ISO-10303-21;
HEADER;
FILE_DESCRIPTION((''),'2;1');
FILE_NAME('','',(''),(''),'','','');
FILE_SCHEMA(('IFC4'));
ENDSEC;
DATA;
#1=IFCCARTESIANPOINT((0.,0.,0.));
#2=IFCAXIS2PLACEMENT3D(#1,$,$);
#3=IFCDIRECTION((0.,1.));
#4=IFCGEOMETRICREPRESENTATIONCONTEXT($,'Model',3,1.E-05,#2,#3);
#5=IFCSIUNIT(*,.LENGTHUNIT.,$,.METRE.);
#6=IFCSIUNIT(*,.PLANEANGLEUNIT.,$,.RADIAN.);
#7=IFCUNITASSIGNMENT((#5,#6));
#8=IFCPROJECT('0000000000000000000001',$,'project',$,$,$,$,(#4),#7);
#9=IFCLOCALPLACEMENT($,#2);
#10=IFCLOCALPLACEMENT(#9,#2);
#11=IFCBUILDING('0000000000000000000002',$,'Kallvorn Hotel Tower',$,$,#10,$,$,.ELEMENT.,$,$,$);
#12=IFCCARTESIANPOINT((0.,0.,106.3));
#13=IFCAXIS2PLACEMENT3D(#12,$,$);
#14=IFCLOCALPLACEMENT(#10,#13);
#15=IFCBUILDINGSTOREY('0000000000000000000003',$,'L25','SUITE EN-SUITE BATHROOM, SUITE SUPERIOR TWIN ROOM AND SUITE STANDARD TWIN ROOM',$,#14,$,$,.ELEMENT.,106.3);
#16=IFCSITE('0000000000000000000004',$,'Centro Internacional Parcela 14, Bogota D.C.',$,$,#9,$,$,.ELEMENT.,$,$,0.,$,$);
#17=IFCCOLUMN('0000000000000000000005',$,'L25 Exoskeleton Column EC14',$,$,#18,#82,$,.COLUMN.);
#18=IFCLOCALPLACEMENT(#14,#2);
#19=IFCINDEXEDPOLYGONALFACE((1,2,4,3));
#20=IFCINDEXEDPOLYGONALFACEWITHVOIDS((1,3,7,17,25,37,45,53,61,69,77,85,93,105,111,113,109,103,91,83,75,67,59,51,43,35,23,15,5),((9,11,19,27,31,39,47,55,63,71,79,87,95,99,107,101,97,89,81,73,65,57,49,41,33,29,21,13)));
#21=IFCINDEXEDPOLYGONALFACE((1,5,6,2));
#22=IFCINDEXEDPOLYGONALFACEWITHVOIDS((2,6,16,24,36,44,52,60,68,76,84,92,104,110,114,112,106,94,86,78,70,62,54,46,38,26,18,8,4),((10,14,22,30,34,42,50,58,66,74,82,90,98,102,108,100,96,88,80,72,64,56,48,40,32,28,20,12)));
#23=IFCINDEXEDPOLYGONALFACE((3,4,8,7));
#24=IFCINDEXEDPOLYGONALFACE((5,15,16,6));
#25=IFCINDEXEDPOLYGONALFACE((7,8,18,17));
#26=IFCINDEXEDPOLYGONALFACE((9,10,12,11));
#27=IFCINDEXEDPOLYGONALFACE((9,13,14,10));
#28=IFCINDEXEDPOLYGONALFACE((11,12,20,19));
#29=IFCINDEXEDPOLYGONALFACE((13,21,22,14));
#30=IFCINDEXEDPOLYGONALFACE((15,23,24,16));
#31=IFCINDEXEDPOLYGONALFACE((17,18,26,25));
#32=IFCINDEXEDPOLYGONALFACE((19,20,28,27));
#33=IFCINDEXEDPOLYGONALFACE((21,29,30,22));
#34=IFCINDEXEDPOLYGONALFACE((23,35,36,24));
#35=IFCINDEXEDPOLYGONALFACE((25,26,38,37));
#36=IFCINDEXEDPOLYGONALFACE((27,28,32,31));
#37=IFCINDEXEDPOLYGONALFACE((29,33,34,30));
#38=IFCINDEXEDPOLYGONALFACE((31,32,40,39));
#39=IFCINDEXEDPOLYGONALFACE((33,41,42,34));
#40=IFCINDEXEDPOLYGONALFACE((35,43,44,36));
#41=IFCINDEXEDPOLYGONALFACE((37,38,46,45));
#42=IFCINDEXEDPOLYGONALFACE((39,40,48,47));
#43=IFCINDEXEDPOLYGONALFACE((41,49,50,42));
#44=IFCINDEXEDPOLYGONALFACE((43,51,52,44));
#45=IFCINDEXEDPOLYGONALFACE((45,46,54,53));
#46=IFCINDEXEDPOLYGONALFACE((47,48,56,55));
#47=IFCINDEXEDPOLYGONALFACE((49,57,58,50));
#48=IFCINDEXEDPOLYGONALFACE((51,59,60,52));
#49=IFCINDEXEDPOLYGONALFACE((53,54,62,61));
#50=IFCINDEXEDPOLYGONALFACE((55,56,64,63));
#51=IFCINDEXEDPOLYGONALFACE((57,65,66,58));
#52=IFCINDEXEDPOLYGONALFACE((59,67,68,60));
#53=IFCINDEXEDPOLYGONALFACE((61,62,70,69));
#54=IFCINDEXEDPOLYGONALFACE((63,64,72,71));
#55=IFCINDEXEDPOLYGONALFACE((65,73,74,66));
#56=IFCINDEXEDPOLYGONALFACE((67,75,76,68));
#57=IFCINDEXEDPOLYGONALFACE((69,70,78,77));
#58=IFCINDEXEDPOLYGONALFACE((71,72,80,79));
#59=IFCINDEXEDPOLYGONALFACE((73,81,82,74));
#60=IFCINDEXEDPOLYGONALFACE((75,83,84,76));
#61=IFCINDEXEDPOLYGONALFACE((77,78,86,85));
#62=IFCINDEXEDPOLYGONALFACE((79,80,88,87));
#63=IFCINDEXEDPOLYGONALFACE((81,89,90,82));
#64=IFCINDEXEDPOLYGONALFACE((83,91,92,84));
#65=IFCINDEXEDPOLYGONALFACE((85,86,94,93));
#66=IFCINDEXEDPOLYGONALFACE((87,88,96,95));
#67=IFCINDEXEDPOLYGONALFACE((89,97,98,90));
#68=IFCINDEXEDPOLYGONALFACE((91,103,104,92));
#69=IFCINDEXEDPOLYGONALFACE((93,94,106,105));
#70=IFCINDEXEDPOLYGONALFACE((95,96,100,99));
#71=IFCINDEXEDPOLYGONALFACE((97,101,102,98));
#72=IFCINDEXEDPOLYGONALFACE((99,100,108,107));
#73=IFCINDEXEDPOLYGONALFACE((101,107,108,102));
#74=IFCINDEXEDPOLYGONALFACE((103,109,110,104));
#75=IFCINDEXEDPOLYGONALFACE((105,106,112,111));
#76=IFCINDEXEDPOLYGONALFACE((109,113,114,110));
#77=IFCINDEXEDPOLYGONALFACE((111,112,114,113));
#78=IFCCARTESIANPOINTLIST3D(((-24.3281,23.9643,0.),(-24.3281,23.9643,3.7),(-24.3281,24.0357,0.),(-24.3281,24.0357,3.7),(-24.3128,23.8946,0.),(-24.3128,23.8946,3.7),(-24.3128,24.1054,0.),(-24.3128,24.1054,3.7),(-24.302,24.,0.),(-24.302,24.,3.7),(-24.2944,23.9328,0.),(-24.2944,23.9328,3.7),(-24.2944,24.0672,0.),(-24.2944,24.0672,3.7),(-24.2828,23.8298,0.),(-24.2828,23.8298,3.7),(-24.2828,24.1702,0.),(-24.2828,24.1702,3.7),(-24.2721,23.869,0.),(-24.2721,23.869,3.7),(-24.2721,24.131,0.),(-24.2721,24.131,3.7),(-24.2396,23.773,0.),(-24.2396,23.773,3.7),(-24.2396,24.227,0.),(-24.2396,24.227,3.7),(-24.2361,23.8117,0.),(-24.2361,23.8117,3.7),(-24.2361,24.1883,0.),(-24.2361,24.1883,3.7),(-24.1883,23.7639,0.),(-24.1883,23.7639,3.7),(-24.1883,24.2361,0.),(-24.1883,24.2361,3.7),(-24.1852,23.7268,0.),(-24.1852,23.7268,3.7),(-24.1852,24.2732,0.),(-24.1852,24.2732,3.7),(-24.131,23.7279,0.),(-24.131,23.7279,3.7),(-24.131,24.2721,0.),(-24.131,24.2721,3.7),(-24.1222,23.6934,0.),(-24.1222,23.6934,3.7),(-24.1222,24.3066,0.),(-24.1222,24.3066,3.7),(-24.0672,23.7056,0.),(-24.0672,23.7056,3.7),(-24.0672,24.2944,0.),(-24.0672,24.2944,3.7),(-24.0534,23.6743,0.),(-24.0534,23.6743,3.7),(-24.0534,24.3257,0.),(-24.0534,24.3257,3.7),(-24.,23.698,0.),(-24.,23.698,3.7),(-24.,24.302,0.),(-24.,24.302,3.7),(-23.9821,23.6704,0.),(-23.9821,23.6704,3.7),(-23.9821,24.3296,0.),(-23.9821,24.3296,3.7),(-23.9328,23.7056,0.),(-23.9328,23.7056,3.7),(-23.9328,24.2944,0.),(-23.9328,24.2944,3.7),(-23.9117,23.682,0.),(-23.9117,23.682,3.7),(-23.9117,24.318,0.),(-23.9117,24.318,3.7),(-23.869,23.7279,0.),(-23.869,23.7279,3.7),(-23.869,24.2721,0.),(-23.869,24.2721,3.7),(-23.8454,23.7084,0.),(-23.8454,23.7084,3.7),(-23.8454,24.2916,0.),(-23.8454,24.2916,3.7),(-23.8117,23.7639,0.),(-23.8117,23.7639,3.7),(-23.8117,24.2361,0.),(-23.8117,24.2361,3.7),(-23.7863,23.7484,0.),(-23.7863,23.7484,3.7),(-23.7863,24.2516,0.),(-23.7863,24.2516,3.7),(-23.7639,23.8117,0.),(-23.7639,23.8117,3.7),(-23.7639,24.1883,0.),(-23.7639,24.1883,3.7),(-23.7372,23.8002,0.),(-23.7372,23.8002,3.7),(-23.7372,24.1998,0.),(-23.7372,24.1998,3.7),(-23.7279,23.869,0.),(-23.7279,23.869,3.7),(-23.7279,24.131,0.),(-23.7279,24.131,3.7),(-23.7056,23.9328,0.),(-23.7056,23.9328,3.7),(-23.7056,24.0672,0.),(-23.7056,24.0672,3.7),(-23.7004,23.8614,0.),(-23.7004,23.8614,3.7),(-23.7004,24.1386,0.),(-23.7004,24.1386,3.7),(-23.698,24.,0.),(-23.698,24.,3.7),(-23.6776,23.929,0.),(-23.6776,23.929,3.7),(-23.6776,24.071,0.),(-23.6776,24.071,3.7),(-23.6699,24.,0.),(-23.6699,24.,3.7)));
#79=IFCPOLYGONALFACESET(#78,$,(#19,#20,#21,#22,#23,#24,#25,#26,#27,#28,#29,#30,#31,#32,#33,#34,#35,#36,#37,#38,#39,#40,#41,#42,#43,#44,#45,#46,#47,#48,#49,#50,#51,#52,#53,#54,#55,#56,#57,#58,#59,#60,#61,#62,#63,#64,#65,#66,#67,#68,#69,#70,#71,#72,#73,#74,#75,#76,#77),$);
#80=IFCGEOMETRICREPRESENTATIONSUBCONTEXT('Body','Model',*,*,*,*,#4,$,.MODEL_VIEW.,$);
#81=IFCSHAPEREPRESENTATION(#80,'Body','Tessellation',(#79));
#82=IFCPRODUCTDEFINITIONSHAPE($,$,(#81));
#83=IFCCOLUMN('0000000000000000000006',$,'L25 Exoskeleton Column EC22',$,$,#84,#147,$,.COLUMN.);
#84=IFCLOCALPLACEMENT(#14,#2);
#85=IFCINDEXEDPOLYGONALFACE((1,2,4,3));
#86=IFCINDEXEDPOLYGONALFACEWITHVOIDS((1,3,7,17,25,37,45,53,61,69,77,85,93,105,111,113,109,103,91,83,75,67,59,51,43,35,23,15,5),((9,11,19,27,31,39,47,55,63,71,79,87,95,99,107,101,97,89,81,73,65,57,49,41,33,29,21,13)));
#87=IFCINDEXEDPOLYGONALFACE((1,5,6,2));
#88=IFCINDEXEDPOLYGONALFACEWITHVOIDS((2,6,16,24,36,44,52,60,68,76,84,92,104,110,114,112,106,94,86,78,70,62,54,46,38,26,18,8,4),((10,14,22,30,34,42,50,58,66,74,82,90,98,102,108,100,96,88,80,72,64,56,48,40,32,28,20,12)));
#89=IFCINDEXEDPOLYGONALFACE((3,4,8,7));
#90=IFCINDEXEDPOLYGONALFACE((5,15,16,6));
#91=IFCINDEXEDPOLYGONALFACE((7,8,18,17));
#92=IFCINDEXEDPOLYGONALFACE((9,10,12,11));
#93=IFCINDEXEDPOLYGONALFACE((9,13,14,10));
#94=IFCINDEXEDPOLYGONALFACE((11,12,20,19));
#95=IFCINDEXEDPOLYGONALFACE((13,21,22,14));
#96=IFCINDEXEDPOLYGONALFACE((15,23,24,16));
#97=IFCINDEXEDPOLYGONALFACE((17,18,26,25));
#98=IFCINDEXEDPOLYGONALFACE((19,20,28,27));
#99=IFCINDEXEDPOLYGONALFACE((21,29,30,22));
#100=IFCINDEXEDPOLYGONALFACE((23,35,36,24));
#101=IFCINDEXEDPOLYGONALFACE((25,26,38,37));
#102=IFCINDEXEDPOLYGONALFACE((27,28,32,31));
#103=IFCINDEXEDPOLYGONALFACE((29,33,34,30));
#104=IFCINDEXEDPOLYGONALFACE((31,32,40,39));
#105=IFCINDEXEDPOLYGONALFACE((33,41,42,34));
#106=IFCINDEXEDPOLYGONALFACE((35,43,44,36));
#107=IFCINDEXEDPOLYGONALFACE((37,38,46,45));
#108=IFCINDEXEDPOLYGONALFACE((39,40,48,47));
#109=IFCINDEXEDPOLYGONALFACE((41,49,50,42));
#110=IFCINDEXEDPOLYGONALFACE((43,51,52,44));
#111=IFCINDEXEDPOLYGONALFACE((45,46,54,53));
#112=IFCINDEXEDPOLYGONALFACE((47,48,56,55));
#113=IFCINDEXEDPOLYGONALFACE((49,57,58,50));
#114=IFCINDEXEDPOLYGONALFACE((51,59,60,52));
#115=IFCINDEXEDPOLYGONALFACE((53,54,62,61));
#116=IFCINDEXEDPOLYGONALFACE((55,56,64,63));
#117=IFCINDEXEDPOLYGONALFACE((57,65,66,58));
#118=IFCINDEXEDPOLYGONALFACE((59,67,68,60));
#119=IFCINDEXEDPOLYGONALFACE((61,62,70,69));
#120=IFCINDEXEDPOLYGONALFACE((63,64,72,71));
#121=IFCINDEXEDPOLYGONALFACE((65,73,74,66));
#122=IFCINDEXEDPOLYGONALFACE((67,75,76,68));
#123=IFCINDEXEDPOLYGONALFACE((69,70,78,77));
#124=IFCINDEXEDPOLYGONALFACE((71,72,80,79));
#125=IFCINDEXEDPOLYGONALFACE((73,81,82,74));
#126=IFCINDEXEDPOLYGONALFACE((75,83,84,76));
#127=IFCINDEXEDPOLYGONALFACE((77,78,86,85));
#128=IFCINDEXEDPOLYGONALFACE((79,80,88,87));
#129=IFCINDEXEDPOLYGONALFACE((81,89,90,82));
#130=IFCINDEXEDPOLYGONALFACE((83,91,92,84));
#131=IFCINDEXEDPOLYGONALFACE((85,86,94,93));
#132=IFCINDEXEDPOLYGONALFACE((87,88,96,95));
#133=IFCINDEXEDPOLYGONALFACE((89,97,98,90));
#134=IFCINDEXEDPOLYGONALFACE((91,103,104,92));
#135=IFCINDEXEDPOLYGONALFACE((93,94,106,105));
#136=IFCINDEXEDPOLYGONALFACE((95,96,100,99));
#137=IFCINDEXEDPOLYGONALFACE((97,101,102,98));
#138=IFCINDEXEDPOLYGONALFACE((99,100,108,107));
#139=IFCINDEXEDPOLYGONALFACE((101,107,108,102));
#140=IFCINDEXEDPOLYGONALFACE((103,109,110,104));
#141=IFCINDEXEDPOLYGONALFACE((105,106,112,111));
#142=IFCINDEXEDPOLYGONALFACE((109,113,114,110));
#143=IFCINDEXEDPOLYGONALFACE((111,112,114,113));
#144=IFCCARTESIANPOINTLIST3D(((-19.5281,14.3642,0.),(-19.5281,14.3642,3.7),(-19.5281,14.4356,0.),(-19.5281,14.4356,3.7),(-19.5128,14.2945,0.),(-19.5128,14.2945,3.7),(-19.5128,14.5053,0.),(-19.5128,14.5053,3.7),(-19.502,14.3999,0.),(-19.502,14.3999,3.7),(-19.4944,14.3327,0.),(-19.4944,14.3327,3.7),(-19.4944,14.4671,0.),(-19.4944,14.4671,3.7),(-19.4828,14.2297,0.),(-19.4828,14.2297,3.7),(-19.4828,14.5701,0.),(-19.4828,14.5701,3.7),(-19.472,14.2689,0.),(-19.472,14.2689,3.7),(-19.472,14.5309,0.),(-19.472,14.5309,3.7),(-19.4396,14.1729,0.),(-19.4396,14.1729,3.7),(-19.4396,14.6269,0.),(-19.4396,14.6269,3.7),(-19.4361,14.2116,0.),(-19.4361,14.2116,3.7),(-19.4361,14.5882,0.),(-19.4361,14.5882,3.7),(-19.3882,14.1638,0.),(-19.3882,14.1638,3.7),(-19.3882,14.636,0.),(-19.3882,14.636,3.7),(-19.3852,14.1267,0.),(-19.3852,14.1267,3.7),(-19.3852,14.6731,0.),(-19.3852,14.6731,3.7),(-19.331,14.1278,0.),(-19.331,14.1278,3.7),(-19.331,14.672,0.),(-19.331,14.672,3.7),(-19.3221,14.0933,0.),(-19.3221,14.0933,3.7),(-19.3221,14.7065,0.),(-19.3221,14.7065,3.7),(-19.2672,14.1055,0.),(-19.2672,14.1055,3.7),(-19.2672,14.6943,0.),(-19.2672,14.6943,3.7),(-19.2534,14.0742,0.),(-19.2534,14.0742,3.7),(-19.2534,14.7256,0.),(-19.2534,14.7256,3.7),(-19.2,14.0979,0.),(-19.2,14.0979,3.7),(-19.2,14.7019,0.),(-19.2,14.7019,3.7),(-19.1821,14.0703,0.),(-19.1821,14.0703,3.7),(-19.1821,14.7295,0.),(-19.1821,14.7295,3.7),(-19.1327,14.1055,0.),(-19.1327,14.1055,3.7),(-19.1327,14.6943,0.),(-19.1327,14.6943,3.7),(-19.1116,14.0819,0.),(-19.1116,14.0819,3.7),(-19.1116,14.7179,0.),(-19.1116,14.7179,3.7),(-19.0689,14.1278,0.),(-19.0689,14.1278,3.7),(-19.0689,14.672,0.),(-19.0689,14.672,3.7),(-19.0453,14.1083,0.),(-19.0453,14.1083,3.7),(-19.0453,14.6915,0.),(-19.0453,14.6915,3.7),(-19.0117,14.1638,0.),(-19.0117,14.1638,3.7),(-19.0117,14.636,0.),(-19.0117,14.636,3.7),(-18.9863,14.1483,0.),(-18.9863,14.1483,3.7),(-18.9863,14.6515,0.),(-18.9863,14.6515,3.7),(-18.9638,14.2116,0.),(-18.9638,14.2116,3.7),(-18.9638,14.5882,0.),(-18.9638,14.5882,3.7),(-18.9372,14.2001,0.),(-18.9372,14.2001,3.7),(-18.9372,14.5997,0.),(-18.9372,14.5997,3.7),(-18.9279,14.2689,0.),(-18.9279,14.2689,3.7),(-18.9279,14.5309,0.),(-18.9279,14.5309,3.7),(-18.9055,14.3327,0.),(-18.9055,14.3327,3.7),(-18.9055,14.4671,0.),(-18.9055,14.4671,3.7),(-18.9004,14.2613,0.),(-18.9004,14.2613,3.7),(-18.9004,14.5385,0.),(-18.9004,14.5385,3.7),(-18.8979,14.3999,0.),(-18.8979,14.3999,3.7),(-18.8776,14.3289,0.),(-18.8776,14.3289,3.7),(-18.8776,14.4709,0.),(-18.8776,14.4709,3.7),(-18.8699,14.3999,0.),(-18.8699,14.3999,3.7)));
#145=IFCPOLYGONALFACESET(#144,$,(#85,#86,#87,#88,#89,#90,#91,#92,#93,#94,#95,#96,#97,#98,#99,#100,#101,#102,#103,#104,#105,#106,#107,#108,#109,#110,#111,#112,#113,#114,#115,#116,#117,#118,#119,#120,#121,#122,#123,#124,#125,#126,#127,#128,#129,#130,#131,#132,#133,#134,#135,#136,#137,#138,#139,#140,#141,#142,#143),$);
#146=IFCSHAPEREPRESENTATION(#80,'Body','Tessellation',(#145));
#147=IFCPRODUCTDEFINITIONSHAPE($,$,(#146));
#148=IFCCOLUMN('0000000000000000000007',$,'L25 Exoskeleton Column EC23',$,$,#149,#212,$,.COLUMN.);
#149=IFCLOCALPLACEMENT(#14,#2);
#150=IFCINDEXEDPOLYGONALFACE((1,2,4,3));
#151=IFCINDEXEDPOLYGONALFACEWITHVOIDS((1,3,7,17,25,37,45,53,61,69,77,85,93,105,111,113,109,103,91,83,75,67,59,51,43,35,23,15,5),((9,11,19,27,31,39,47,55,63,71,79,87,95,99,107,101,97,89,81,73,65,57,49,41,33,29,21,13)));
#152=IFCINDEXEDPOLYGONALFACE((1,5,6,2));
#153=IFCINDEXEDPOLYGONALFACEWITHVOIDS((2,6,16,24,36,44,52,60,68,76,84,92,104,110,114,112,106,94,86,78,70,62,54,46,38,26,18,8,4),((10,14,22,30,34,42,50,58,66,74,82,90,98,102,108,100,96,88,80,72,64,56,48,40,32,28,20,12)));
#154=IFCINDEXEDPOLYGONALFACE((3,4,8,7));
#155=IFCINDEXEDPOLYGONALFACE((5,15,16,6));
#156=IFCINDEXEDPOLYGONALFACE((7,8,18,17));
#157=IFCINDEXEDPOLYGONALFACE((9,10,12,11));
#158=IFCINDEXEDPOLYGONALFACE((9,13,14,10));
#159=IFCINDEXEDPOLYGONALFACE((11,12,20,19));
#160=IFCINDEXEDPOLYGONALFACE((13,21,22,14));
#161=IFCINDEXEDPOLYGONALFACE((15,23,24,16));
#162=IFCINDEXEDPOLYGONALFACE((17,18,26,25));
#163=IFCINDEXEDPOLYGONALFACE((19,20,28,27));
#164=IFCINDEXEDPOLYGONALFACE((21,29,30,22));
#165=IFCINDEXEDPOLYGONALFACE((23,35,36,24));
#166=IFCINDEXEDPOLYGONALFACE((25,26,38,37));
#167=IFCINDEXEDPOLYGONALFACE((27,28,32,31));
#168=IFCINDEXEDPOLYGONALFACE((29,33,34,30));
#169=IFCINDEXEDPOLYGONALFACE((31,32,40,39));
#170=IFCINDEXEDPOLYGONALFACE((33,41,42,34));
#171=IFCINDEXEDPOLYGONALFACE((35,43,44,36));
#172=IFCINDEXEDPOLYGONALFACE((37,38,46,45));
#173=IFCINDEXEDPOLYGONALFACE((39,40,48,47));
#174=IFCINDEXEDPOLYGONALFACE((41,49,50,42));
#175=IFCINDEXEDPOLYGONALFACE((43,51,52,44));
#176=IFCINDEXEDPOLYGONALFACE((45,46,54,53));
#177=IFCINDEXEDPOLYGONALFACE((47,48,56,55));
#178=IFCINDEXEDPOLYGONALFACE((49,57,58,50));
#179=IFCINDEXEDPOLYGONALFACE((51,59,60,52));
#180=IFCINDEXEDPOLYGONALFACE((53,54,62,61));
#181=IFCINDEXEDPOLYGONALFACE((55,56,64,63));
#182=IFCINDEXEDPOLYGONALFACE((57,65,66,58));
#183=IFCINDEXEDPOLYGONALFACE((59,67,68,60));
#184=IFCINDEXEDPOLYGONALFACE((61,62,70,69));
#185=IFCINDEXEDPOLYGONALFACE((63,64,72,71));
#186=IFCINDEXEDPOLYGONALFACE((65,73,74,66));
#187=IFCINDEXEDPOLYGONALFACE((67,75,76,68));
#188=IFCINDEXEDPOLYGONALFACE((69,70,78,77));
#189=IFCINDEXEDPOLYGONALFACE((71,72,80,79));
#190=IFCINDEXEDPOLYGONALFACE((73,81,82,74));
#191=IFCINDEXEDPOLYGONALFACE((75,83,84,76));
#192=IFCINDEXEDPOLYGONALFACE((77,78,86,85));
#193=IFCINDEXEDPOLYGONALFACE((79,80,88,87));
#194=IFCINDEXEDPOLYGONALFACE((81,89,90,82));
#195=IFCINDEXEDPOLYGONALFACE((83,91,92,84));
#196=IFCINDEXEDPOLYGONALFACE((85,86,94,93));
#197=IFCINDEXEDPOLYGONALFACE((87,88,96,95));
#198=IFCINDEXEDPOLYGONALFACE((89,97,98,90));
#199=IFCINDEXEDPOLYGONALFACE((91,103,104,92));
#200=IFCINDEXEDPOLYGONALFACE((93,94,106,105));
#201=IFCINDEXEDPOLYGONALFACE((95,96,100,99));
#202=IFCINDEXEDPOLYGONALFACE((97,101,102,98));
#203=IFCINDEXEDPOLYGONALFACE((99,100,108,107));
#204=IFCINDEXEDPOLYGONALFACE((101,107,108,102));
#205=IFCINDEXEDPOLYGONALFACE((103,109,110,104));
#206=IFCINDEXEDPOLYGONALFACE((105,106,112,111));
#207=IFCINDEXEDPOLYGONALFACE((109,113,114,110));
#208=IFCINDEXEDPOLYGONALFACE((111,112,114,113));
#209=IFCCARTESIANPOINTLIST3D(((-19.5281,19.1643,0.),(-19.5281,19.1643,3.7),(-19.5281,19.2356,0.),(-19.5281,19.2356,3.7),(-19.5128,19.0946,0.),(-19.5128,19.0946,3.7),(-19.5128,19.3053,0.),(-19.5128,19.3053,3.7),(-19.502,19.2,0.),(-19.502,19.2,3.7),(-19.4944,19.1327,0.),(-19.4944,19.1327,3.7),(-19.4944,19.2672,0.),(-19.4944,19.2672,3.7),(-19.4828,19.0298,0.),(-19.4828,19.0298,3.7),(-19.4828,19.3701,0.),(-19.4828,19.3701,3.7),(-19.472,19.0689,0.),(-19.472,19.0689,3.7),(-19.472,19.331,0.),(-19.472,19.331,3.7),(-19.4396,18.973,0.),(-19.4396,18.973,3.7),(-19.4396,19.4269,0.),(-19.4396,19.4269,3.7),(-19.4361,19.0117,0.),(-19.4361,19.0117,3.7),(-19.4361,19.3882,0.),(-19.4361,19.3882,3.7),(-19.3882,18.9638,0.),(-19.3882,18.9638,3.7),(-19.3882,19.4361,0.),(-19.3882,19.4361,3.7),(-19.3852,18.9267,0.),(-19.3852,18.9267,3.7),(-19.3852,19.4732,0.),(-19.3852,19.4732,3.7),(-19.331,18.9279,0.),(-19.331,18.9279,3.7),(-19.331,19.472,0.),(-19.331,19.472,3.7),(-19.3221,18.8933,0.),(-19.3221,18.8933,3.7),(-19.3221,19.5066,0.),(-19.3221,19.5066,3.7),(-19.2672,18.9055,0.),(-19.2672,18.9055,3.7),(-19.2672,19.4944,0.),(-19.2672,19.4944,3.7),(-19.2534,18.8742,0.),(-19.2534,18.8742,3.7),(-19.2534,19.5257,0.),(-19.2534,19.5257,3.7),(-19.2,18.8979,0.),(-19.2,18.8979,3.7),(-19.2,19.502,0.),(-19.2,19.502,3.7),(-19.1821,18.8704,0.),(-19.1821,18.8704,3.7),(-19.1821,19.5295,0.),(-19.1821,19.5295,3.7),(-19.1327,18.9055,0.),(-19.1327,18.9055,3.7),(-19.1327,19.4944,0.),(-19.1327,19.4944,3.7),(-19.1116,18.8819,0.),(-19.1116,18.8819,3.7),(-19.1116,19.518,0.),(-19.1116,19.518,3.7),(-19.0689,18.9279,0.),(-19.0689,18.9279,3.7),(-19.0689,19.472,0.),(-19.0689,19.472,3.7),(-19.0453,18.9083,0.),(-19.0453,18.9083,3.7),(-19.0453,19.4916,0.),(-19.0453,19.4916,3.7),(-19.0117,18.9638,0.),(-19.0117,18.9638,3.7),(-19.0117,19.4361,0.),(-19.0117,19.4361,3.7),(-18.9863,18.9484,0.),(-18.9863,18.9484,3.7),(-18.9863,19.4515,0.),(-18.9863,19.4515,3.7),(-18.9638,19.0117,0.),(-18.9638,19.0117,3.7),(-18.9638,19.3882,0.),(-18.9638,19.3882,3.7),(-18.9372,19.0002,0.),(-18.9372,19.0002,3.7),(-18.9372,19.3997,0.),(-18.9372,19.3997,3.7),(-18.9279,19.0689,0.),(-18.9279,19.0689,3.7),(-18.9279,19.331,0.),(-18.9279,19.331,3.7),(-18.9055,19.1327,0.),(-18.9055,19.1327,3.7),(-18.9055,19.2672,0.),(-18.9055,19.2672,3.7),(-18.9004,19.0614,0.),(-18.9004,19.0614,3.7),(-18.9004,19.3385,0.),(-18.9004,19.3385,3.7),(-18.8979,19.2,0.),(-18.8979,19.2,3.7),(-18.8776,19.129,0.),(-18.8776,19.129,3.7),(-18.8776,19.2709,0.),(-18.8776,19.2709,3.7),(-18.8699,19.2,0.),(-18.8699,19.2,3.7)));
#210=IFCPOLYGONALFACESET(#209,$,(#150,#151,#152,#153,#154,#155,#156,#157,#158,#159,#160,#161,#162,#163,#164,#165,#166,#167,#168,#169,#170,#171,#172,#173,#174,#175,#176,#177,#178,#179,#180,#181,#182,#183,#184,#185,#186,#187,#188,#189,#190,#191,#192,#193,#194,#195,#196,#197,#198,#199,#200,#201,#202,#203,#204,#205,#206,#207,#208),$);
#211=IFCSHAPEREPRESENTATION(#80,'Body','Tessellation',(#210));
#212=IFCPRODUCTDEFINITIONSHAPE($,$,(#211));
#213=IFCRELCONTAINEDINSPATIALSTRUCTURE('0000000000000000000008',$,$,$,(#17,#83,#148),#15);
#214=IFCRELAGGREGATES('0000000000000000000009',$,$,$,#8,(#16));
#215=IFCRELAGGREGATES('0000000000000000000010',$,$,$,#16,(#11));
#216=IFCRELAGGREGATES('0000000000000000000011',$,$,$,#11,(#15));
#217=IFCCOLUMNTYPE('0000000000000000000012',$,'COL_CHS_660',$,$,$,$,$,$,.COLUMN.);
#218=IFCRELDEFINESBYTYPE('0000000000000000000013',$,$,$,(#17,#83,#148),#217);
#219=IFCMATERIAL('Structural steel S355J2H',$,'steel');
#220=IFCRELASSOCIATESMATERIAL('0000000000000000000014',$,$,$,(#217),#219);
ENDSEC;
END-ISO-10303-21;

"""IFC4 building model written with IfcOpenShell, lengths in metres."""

from ifc_helpers import new_model, si_unit, direction, frame, origin, origin_2d, place, context, subcontext, project, spatial, hollow_circle, extrude, material, material_profile, profile_set, type_object, element, save


model = new_model("IFC4")

# Units and contexts
model_context = context("Model", 3, precision=1e-05, world=origin(), true_north=direction((0.0, 1.0)))
body_context = subcontext(model_context, "Body", "Model", "MODEL_VIEW")
ifc_project = project(units=[si_unit("LENGTHUNIT", "METRE"), si_unit("PLANEANGLEUNIT", "RADIAN")], contexts=[model_context])

# Site, building, storey
site_placement = place(None, origin())
site = spatial("IfcSite", under=ifc_project, at=site_placement, Name="Centro Internacional Parcela 14, Bogota D.C.", CompositionType="ELEMENT", RefElevation=0.0)
building_placement = place(site_placement, origin())
building = spatial("IfcBuilding", under=site, at=building_placement, Name="Kallvorn Hotel Tower", CompositionType="ELEMENT")
storey_placement = place(building_placement, frame((0.0, 0.0, 106.3)))
storey = spatial("IfcBuildingStorey", under=building, at=storey_placement, Name="L25", Description="SUITE EN-SUITE BATHROOM, SUITE SUPERIOR TWIN ROOM AND SUITE STANDARD TWIN ROOM", CompositionType="ELEMENT", Elevation=106.3)

# Columns
ifc_material_1 = material(Name="Structural steel S355J2H", Category="steel")
ifc_material_profile_1 = material_profile(ifc_material_1, hollow_circle(Radius=0.3301, WallThickness=0.0281, at=origin_2d()), Name="CHS 660x28")
ifc_profile_set_1 = profile_set([ifc_material_profile_1], Name="Structural steel S355J2H")
column_type_1 = type_object("IfcColumnType", Name="COL_CHS_660", PredefinedType="COLUMN", material=ifc_profile_set_1)
for number, where, z_axis, x_axis, name in (
    (1, (-24.0, 24.0, 0.0), (0.0, 0.0, 1.0), (1.0, 0.0, 0.0), "L25 Exoskeleton Column EC14"),
    (2, (-19.2, 14.3999, 0.0), (0.0, 0.0, 1.0), (1.0, 0.0, 0.0), "L25 Exoskeleton Column EC22"),
    (3, (-19.2, 19.2, 0.0), (0.0, 0.0, 1.0), (1.0, 0.0, 0.0), "L25 Exoskeleton Column EC23"),
):
    element("IfcColumn", number, at=place(storey_placement, frame(where, z_axis=z_axis, x_axis=x_axis)), inside=storey, type_object=column_type_1, Name=name, PredefinedType="COLUMN", context=body_context, shape_type="SweptSolid", body=[
        extrude(hollow_circle(Radius=0.3301, WallThickness=0.0281, at=origin_2d()), origin(), (0.0, 0.0, 1.0), 3.7),
    ])

save(model, "model.ifc")
